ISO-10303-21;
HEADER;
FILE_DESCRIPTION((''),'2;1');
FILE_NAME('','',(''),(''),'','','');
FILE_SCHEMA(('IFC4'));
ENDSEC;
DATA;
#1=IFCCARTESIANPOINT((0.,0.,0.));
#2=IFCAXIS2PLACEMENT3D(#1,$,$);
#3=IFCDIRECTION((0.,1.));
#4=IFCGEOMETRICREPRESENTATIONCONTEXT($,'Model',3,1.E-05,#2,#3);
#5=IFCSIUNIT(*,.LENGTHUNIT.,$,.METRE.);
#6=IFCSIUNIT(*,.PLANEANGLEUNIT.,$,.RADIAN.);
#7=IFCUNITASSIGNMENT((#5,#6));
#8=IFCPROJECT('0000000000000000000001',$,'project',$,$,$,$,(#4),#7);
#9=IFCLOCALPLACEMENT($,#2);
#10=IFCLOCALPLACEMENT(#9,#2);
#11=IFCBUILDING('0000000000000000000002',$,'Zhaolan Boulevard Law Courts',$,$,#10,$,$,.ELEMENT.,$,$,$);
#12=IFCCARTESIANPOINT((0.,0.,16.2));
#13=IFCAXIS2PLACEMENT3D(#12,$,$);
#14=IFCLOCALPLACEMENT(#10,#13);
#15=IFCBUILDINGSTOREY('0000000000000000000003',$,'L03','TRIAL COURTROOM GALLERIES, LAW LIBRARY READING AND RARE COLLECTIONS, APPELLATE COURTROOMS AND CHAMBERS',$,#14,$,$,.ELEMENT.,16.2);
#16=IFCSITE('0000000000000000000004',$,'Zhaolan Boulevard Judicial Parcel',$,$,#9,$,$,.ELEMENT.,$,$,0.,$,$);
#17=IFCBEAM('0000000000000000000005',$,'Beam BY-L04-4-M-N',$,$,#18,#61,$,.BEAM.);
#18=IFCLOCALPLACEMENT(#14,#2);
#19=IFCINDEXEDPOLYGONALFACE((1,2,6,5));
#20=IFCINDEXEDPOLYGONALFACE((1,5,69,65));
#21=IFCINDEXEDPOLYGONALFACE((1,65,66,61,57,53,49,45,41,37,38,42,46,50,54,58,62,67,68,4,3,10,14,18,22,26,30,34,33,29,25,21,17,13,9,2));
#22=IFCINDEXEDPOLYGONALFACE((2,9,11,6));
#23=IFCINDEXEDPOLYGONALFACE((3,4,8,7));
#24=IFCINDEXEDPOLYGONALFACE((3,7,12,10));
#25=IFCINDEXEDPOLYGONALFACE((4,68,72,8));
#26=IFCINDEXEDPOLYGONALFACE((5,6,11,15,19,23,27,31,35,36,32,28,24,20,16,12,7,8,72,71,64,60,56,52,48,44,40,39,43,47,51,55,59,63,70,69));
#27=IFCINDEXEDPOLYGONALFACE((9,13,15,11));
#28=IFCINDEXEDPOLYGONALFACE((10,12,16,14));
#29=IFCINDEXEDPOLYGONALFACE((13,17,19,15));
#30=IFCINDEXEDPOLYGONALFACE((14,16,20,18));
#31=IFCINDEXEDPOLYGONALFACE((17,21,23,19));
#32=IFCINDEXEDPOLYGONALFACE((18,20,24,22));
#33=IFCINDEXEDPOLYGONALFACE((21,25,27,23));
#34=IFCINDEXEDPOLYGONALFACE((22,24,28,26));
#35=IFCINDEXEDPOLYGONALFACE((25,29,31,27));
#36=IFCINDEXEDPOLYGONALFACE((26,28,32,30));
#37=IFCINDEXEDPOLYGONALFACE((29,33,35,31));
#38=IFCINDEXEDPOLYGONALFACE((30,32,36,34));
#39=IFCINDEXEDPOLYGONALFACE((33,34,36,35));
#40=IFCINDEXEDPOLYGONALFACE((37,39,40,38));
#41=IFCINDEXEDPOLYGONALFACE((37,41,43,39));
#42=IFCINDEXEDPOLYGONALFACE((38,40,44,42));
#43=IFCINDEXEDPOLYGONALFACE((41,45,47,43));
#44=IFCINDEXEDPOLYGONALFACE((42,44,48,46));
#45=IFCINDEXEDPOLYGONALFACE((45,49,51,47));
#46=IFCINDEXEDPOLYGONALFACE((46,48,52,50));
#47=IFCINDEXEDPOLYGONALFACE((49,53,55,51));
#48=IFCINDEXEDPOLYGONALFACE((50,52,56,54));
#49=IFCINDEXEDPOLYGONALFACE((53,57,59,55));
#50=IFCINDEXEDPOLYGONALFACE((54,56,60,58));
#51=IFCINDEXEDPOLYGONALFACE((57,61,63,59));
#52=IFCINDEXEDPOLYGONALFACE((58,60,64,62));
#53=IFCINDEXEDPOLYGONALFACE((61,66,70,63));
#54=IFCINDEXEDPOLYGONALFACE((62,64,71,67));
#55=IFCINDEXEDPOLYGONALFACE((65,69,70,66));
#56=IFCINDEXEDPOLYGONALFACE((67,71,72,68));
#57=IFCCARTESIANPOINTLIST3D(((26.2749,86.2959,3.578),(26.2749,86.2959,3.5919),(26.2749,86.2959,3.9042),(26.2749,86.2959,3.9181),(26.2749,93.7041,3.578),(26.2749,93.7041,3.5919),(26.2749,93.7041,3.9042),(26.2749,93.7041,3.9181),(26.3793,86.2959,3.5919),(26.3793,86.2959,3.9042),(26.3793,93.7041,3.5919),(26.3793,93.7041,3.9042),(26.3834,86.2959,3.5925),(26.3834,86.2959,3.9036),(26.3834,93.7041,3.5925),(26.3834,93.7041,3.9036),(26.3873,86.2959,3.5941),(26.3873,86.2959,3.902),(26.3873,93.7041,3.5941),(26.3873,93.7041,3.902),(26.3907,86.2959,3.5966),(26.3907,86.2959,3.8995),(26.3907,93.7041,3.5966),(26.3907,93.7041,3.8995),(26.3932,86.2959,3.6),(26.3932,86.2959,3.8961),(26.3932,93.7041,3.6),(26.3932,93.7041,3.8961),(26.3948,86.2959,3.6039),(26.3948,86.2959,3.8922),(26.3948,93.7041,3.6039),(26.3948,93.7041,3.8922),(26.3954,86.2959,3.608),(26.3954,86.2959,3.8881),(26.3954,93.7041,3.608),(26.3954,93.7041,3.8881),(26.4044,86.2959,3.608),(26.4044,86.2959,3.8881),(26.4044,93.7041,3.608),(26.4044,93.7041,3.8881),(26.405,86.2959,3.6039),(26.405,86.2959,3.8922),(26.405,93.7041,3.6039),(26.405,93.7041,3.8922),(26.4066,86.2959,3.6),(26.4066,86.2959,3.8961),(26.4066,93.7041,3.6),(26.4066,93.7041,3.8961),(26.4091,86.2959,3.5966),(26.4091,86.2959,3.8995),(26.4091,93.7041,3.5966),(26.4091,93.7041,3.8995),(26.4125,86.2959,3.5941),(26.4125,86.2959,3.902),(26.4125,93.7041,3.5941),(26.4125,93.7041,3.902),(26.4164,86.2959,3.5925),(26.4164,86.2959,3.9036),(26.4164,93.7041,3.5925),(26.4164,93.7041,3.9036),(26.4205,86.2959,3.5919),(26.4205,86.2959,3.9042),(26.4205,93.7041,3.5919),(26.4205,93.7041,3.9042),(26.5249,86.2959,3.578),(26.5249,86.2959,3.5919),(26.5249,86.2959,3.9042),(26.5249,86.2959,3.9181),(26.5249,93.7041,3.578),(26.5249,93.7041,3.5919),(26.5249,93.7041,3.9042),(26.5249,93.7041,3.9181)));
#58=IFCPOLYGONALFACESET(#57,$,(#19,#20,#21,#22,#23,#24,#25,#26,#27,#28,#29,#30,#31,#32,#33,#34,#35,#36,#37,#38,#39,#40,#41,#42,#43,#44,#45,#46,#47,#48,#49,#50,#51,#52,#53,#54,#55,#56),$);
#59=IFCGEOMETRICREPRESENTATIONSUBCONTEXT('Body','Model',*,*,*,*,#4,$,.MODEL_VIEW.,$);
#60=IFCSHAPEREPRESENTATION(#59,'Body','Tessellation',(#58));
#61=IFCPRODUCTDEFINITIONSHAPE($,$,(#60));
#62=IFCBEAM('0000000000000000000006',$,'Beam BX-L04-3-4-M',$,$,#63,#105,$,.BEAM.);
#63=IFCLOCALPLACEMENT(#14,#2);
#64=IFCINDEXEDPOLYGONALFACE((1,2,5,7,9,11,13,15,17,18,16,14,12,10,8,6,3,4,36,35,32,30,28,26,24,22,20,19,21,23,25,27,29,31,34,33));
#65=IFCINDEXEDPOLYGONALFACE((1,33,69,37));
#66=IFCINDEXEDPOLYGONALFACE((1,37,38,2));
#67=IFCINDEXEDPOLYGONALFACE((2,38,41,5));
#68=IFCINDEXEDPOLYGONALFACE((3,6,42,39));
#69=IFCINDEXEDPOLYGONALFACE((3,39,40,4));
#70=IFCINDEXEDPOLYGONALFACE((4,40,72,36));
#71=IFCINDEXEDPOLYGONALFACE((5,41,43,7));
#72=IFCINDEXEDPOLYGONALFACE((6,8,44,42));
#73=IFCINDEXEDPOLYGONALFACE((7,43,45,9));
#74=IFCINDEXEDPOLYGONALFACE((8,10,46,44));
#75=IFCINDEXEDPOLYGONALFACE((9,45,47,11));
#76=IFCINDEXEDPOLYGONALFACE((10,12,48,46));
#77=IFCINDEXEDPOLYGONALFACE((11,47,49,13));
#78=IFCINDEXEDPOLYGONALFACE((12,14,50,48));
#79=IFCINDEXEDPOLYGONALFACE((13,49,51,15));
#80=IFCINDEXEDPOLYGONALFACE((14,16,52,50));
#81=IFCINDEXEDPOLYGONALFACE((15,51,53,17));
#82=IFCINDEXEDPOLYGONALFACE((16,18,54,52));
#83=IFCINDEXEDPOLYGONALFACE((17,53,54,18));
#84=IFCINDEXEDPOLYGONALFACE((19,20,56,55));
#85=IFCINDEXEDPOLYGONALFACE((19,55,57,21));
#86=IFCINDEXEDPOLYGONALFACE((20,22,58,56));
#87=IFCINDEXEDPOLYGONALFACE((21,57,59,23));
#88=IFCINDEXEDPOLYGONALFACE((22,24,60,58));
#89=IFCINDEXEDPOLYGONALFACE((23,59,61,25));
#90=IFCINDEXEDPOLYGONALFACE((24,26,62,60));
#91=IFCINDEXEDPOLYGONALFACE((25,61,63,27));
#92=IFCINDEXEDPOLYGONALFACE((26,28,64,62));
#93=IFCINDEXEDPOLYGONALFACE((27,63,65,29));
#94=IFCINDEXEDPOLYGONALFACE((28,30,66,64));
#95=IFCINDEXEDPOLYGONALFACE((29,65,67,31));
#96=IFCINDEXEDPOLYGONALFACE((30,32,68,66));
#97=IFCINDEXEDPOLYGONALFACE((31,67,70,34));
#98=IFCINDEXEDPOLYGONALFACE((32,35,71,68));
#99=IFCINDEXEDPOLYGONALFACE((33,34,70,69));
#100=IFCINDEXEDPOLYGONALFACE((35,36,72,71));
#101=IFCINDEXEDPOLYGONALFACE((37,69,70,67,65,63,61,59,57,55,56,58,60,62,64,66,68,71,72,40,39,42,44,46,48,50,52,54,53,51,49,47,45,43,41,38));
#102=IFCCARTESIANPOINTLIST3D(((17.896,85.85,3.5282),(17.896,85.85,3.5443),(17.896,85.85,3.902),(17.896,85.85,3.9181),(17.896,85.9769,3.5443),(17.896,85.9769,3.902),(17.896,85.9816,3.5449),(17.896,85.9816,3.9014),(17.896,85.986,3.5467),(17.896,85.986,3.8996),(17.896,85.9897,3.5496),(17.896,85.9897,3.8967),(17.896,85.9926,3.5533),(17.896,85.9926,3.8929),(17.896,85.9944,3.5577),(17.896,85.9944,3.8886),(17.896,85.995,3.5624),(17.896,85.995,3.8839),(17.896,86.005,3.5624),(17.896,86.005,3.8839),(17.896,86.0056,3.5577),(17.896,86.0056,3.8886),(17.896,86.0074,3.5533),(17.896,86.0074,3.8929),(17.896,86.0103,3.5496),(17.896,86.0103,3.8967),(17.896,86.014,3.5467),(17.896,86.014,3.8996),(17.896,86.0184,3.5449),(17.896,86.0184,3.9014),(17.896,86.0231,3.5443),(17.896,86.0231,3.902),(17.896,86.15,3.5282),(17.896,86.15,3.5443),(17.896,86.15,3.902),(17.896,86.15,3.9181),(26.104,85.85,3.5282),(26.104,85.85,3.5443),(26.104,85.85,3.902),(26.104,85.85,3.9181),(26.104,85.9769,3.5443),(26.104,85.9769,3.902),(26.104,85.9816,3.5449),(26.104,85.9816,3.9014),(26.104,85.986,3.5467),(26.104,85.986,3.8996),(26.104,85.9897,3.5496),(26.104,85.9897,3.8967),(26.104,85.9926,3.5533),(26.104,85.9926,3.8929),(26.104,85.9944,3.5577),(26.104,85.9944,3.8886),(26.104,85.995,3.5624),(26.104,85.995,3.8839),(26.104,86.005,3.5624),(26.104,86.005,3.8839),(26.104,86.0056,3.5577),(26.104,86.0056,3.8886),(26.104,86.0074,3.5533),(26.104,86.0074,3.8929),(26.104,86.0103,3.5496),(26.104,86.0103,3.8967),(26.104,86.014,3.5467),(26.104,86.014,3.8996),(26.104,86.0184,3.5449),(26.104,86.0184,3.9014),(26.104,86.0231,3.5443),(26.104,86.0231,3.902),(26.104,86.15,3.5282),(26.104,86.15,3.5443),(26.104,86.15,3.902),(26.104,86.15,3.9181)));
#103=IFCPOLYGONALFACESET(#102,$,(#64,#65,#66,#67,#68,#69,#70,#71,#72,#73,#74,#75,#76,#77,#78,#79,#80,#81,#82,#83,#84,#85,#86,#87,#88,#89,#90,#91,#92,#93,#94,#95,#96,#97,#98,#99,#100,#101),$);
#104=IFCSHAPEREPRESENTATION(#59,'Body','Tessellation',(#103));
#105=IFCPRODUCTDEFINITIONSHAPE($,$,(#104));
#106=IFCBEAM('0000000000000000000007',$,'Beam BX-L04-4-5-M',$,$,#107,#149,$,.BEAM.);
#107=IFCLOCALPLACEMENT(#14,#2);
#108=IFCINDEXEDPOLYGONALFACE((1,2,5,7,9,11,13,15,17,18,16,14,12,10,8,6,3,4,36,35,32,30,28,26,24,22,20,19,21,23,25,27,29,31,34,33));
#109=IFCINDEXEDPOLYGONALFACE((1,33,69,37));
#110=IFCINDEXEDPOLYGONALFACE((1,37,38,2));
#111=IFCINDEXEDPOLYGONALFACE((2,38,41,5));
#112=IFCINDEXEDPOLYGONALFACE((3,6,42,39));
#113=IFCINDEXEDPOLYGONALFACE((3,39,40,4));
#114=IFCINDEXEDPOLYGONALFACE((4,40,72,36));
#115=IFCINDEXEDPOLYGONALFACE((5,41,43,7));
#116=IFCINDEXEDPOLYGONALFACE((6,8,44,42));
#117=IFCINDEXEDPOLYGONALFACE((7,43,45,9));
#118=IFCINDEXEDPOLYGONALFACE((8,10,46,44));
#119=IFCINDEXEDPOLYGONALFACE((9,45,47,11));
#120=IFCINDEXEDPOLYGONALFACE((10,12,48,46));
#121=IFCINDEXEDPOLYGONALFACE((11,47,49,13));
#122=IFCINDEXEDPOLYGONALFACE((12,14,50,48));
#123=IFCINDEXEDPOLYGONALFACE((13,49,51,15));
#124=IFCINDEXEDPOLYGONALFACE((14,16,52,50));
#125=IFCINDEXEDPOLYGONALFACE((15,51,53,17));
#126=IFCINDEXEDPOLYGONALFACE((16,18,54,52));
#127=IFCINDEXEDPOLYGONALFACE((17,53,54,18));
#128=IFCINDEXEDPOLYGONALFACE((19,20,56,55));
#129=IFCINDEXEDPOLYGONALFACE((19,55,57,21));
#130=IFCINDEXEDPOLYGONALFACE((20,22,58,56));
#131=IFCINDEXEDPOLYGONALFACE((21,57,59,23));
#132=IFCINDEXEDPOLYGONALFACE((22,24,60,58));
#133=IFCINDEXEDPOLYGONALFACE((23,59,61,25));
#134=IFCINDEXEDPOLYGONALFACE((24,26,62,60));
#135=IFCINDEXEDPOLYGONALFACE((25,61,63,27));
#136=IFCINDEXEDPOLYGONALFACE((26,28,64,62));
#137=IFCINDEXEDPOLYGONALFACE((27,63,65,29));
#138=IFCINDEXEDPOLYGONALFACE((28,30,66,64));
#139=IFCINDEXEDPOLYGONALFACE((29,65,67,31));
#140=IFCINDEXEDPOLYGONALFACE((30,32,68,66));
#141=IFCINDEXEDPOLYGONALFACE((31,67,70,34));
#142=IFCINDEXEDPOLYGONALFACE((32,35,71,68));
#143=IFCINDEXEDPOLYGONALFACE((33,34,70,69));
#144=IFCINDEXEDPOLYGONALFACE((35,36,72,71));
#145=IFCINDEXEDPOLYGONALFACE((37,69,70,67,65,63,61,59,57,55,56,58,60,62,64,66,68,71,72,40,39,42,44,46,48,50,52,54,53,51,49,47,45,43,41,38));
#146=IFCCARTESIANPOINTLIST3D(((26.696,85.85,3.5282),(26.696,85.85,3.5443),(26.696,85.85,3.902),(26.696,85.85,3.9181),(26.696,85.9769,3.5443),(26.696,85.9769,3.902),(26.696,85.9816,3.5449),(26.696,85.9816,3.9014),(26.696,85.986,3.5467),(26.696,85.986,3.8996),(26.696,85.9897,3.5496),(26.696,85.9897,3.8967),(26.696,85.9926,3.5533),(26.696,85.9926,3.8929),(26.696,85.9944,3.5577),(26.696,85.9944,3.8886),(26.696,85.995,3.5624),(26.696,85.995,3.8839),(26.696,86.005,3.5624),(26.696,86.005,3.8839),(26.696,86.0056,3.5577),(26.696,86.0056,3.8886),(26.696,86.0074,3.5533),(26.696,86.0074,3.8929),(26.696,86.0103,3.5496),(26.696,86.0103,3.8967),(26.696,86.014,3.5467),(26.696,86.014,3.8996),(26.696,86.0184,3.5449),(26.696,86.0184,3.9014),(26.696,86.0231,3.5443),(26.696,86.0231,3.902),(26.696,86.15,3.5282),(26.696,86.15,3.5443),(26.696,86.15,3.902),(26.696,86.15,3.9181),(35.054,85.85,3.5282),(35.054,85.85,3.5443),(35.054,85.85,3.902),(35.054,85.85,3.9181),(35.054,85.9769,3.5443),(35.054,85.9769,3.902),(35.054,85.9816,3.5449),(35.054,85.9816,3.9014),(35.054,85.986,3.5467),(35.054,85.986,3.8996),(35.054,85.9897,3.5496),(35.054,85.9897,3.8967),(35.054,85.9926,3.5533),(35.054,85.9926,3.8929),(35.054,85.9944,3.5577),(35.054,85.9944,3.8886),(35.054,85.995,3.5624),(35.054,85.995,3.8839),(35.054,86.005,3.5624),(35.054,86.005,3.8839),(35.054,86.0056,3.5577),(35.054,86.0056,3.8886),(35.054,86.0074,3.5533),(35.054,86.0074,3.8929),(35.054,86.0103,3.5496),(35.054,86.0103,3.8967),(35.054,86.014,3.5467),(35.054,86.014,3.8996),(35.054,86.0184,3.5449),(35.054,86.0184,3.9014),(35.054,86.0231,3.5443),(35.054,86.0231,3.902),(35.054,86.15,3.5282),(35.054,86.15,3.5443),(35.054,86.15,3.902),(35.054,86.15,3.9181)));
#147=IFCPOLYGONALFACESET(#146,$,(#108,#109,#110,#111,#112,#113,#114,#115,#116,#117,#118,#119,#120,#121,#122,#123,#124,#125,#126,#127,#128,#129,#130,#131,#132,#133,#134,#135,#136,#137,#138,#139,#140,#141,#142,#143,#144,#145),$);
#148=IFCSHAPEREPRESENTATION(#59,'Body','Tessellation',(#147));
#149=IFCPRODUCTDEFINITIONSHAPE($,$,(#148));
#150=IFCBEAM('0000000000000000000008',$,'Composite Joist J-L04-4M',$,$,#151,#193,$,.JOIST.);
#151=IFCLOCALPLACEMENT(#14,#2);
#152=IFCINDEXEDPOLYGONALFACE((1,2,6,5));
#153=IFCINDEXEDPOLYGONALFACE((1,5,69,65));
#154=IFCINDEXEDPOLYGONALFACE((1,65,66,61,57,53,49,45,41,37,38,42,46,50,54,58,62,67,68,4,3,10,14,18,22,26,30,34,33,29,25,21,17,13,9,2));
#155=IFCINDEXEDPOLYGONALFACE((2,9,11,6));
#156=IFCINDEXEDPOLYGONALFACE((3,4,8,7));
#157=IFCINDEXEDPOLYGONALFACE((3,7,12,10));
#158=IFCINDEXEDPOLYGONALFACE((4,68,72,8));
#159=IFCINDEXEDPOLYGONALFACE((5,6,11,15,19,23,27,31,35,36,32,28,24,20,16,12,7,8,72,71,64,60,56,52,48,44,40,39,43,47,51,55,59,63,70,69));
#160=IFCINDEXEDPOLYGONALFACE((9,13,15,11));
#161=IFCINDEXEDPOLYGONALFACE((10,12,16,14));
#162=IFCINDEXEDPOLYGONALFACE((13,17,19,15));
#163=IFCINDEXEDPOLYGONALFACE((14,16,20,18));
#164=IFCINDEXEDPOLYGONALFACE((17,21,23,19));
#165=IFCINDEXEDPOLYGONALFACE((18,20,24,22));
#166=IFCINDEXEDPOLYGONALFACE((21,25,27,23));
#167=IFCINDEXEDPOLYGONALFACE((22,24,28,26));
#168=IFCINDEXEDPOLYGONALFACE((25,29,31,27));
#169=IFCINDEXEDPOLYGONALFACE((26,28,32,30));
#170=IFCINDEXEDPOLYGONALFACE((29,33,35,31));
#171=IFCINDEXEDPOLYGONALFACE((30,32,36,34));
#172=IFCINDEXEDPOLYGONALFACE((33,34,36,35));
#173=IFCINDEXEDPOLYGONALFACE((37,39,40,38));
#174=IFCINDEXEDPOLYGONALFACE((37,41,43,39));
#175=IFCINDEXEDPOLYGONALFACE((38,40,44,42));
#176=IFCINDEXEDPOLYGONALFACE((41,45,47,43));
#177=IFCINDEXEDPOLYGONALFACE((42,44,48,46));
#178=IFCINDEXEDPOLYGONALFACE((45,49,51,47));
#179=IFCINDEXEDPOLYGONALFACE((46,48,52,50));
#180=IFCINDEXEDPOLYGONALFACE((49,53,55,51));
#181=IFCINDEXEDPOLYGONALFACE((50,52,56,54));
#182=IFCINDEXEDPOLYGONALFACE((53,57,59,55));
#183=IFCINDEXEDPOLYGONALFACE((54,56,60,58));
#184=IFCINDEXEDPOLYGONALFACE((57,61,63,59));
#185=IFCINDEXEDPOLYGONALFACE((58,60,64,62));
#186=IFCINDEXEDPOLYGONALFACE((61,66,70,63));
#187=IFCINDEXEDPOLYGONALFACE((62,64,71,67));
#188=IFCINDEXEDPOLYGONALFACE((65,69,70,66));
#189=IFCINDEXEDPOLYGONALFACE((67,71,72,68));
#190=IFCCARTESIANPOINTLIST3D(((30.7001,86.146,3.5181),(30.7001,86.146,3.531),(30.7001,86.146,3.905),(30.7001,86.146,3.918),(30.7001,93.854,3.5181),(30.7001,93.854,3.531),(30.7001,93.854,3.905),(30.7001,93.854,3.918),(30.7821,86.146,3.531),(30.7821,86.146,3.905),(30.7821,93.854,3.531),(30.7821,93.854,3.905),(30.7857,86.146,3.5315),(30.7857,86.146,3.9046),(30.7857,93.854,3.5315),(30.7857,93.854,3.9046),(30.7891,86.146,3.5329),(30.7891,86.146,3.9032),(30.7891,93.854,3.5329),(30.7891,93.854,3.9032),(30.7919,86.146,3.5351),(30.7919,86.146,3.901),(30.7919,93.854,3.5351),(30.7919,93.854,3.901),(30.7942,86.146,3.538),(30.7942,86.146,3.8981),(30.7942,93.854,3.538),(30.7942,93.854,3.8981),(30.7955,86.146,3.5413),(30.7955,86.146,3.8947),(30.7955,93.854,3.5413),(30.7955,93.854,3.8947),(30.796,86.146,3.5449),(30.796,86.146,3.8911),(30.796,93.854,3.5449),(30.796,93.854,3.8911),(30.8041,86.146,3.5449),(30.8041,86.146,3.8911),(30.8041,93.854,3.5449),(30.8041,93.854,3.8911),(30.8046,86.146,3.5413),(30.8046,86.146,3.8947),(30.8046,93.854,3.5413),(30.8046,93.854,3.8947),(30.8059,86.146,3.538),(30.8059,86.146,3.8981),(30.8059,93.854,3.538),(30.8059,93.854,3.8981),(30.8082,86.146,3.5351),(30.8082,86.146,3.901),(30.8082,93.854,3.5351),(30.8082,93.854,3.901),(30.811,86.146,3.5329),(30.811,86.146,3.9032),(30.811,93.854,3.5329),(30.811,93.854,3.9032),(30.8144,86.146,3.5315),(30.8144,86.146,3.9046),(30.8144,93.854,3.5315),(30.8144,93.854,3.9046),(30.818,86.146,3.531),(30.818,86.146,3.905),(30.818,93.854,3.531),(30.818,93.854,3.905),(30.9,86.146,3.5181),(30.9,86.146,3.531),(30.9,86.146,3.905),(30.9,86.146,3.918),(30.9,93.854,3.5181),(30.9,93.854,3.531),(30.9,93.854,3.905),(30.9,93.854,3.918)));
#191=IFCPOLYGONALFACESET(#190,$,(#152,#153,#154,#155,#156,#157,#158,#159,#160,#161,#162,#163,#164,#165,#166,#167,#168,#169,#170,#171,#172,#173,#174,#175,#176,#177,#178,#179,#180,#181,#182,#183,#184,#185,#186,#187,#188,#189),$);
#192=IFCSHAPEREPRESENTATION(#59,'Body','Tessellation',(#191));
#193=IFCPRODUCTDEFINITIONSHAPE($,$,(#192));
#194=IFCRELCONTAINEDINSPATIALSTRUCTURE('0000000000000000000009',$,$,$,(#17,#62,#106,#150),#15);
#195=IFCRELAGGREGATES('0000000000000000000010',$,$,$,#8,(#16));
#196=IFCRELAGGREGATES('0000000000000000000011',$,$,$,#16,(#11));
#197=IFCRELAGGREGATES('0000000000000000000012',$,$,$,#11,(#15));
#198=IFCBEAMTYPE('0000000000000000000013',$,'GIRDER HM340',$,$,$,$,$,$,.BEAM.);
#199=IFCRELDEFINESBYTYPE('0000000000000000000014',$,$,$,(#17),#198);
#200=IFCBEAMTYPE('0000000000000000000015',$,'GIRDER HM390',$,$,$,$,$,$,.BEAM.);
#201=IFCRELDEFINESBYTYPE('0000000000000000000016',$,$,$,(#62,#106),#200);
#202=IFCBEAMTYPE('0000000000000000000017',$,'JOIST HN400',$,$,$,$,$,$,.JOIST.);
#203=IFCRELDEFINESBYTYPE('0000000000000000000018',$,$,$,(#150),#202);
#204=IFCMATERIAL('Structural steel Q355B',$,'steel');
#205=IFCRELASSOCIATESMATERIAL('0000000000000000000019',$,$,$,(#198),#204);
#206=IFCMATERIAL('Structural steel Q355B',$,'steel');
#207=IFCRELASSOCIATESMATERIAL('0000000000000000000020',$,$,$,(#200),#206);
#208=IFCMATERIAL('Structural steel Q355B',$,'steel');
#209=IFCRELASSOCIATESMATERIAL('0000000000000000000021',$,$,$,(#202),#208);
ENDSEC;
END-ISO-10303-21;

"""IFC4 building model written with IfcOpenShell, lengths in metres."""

from ifc_helpers import new_model, si_unit, direction, frame, origin, origin_2d, place, context, subcontext, project, spatial, i_section, extrude, material, material_profile, profile_set, type_object, element, save


model = new_model("IFC4")

# Units and contexts
model_context = context("Model", 3, precision=1e-05, world=origin(), true_north=direction((0.0, 1.0)))
body_context = subcontext(model_context, "Body", "Model", "MODEL_VIEW")
ifc_project = project(units=[si_unit("LENGTHUNIT", "METRE"), si_unit("PLANEANGLEUNIT", "RADIAN")], contexts=[model_context])

# Site, building, storey
site_placement = place(None, origin())
site = spatial("IfcSite", under=ifc_project, at=site_placement, Name="Zhaolan Boulevard Judicial Parcel", CompositionType="ELEMENT", RefElevation=0.0)
building_placement = place(site_placement, origin())
building = spatial("IfcBuilding", under=site, at=building_placement, Name="Zhaolan Boulevard Law Courts", CompositionType="ELEMENT")
storey_placement = place(building_placement, frame((0.0, 0.0, 16.2)))
storey = spatial("IfcBuildingStorey", under=building, at=storey_placement, Name="L03", Description="TRIAL COURTROOM GALLERIES, LAW LIBRARY READING AND RARE COLLECTIONS, APPELLATE COURTROOMS AND CHAMBERS", CompositionType="ELEMENT", Elevation=16.2)

# Beams
ifc_material_1 = material(Name="Structural steel Q355B", Category="steel")
ifc_material_profile_1 = material_profile(ifc_material_1, i_section(OverallWidth=0.25, OverallDepth=0.3401, WebThickness=0.009, FlangeThickness=0.0139, FilletRadius=0.0161, at=origin_2d()), Name="HM340x250")
ifc_profile_set_1 = profile_set([ifc_material_profile_1], Name="Structural steel Q355B")
beam_type_1 = type_object("IfcBeamType", Name="GIRDER HM340", PredefinedType="BEAM", material=ifc_profile_set_1)
beam_1_placement = place(storey_placement, frame((26.3999, 86.2959, 3.748), z_axis=(0.0, 1.0, 0.0), x_axis=(-1.0, 0.0, 0.0)))
element("IfcBeam", 1, at=beam_1_placement, inside=storey, type_object=beam_type_1, Name="Beam BY-L04-4-M-N", PredefinedType="BEAM", context=body_context, shape_type="SweptSolid", body=[
    extrude(i_section(OverallWidth=0.25, OverallDepth=0.3401, WebThickness=0.009, FlangeThickness=0.0139, FilletRadius=0.0161, at=origin_2d()), origin(), (0.0, 0.0, 1.0), 7.4082),
])
ifc_material_2 = material(Name="Structural steel Q355B", Category="steel")
ifc_material_profile_2 = material_profile(ifc_material_2, i_section(OverallWidth=0.3, OverallDepth=0.3899, WebThickness=0.01, FlangeThickness=0.0161, FilletRadius=0.0181, at=origin_2d()), Name="HM390x300")
ifc_profile_set_2 = profile_set([ifc_material_profile_2], Name="Structural steel Q355B")
beam_type_2 = type_object("IfcBeamType", Name="GIRDER HM390", PredefinedType="BEAM", material=ifc_profile_set_2)
beam_2_placement = place(storey_placement, frame((17.896, 86.0, 3.7231), z_axis=(1.0, 0.0, 0.0), x_axis=(0.0, 1.0, 0.0)))
element("IfcBeam", 2, at=beam_2_placement, inside=storey, type_object=beam_type_2, Name="Beam BX-L04-3-4-M", PredefinedType="BEAM", context=body_context, shape_type="SweptSolid", body=[
    extrude(i_section(OverallWidth=0.3, OverallDepth=0.3899, WebThickness=0.01, FlangeThickness=0.0161, FilletRadius=0.0181, at=origin_2d()), origin(), (0.0, 0.0, 1.0), 8.208),
])
beam_3_placement = place(storey_placement, frame((26.696, 86.0, 3.7231), z_axis=(1.0, 0.0, 0.0), x_axis=(0.0, 1.0, 0.0)))
element("IfcBeam", 3, at=beam_3_placement, inside=storey, type_object=beam_type_2, Name="Beam BX-L04-4-5-M", PredefinedType="BEAM", context=body_context, shape_type="SweptSolid", body=[
    extrude(i_section(OverallWidth=0.3, OverallDepth=0.3899, WebThickness=0.01, FlangeThickness=0.0161, FilletRadius=0.0181, at=origin_2d()), origin(), (0.0, 0.0, 1.0), 8.3579),
])
ifc_material_3 = material(Name="Structural steel Q355B", Category="steel")
ifc_material_profile_3 = material_profile(ifc_material_3, i_section(OverallWidth=0.2, OverallDepth=0.3999, WebThickness=0.0081, FlangeThickness=0.0129, FilletRadius=0.0139, at=origin_2d()), Name="HN400x200")
ifc_profile_set_3 = profile_set([ifc_material_profile_3], Name="Structural steel Q355B")
beam_type_3 = type_object("IfcBeamType", Name="JOIST HN400", PredefinedType="JOIST", material=ifc_profile_set_3)
beam_4_placement = place(storey_placement, frame((30.8, 86.146, 3.718), z_axis=(0.0, 1.0, 0.0), x_axis=(-1.0, 0.0, 0.0)))
element("IfcBeam", 4, at=beam_4_placement, inside=storey, type_object=beam_type_3, Name="Composite Joist J-L04-4M", PredefinedType="JOIST", context=body_context, shape_type="SweptSolid", body=[
    extrude(i_section(OverallWidth=0.2, OverallDepth=0.3999, WebThickness=0.0081, FlangeThickness=0.0129, FilletRadius=0.0139, at=origin_2d()), origin(), (0.0, 0.0, 1.0), 7.708),
])

save(model, "model.ifc")
